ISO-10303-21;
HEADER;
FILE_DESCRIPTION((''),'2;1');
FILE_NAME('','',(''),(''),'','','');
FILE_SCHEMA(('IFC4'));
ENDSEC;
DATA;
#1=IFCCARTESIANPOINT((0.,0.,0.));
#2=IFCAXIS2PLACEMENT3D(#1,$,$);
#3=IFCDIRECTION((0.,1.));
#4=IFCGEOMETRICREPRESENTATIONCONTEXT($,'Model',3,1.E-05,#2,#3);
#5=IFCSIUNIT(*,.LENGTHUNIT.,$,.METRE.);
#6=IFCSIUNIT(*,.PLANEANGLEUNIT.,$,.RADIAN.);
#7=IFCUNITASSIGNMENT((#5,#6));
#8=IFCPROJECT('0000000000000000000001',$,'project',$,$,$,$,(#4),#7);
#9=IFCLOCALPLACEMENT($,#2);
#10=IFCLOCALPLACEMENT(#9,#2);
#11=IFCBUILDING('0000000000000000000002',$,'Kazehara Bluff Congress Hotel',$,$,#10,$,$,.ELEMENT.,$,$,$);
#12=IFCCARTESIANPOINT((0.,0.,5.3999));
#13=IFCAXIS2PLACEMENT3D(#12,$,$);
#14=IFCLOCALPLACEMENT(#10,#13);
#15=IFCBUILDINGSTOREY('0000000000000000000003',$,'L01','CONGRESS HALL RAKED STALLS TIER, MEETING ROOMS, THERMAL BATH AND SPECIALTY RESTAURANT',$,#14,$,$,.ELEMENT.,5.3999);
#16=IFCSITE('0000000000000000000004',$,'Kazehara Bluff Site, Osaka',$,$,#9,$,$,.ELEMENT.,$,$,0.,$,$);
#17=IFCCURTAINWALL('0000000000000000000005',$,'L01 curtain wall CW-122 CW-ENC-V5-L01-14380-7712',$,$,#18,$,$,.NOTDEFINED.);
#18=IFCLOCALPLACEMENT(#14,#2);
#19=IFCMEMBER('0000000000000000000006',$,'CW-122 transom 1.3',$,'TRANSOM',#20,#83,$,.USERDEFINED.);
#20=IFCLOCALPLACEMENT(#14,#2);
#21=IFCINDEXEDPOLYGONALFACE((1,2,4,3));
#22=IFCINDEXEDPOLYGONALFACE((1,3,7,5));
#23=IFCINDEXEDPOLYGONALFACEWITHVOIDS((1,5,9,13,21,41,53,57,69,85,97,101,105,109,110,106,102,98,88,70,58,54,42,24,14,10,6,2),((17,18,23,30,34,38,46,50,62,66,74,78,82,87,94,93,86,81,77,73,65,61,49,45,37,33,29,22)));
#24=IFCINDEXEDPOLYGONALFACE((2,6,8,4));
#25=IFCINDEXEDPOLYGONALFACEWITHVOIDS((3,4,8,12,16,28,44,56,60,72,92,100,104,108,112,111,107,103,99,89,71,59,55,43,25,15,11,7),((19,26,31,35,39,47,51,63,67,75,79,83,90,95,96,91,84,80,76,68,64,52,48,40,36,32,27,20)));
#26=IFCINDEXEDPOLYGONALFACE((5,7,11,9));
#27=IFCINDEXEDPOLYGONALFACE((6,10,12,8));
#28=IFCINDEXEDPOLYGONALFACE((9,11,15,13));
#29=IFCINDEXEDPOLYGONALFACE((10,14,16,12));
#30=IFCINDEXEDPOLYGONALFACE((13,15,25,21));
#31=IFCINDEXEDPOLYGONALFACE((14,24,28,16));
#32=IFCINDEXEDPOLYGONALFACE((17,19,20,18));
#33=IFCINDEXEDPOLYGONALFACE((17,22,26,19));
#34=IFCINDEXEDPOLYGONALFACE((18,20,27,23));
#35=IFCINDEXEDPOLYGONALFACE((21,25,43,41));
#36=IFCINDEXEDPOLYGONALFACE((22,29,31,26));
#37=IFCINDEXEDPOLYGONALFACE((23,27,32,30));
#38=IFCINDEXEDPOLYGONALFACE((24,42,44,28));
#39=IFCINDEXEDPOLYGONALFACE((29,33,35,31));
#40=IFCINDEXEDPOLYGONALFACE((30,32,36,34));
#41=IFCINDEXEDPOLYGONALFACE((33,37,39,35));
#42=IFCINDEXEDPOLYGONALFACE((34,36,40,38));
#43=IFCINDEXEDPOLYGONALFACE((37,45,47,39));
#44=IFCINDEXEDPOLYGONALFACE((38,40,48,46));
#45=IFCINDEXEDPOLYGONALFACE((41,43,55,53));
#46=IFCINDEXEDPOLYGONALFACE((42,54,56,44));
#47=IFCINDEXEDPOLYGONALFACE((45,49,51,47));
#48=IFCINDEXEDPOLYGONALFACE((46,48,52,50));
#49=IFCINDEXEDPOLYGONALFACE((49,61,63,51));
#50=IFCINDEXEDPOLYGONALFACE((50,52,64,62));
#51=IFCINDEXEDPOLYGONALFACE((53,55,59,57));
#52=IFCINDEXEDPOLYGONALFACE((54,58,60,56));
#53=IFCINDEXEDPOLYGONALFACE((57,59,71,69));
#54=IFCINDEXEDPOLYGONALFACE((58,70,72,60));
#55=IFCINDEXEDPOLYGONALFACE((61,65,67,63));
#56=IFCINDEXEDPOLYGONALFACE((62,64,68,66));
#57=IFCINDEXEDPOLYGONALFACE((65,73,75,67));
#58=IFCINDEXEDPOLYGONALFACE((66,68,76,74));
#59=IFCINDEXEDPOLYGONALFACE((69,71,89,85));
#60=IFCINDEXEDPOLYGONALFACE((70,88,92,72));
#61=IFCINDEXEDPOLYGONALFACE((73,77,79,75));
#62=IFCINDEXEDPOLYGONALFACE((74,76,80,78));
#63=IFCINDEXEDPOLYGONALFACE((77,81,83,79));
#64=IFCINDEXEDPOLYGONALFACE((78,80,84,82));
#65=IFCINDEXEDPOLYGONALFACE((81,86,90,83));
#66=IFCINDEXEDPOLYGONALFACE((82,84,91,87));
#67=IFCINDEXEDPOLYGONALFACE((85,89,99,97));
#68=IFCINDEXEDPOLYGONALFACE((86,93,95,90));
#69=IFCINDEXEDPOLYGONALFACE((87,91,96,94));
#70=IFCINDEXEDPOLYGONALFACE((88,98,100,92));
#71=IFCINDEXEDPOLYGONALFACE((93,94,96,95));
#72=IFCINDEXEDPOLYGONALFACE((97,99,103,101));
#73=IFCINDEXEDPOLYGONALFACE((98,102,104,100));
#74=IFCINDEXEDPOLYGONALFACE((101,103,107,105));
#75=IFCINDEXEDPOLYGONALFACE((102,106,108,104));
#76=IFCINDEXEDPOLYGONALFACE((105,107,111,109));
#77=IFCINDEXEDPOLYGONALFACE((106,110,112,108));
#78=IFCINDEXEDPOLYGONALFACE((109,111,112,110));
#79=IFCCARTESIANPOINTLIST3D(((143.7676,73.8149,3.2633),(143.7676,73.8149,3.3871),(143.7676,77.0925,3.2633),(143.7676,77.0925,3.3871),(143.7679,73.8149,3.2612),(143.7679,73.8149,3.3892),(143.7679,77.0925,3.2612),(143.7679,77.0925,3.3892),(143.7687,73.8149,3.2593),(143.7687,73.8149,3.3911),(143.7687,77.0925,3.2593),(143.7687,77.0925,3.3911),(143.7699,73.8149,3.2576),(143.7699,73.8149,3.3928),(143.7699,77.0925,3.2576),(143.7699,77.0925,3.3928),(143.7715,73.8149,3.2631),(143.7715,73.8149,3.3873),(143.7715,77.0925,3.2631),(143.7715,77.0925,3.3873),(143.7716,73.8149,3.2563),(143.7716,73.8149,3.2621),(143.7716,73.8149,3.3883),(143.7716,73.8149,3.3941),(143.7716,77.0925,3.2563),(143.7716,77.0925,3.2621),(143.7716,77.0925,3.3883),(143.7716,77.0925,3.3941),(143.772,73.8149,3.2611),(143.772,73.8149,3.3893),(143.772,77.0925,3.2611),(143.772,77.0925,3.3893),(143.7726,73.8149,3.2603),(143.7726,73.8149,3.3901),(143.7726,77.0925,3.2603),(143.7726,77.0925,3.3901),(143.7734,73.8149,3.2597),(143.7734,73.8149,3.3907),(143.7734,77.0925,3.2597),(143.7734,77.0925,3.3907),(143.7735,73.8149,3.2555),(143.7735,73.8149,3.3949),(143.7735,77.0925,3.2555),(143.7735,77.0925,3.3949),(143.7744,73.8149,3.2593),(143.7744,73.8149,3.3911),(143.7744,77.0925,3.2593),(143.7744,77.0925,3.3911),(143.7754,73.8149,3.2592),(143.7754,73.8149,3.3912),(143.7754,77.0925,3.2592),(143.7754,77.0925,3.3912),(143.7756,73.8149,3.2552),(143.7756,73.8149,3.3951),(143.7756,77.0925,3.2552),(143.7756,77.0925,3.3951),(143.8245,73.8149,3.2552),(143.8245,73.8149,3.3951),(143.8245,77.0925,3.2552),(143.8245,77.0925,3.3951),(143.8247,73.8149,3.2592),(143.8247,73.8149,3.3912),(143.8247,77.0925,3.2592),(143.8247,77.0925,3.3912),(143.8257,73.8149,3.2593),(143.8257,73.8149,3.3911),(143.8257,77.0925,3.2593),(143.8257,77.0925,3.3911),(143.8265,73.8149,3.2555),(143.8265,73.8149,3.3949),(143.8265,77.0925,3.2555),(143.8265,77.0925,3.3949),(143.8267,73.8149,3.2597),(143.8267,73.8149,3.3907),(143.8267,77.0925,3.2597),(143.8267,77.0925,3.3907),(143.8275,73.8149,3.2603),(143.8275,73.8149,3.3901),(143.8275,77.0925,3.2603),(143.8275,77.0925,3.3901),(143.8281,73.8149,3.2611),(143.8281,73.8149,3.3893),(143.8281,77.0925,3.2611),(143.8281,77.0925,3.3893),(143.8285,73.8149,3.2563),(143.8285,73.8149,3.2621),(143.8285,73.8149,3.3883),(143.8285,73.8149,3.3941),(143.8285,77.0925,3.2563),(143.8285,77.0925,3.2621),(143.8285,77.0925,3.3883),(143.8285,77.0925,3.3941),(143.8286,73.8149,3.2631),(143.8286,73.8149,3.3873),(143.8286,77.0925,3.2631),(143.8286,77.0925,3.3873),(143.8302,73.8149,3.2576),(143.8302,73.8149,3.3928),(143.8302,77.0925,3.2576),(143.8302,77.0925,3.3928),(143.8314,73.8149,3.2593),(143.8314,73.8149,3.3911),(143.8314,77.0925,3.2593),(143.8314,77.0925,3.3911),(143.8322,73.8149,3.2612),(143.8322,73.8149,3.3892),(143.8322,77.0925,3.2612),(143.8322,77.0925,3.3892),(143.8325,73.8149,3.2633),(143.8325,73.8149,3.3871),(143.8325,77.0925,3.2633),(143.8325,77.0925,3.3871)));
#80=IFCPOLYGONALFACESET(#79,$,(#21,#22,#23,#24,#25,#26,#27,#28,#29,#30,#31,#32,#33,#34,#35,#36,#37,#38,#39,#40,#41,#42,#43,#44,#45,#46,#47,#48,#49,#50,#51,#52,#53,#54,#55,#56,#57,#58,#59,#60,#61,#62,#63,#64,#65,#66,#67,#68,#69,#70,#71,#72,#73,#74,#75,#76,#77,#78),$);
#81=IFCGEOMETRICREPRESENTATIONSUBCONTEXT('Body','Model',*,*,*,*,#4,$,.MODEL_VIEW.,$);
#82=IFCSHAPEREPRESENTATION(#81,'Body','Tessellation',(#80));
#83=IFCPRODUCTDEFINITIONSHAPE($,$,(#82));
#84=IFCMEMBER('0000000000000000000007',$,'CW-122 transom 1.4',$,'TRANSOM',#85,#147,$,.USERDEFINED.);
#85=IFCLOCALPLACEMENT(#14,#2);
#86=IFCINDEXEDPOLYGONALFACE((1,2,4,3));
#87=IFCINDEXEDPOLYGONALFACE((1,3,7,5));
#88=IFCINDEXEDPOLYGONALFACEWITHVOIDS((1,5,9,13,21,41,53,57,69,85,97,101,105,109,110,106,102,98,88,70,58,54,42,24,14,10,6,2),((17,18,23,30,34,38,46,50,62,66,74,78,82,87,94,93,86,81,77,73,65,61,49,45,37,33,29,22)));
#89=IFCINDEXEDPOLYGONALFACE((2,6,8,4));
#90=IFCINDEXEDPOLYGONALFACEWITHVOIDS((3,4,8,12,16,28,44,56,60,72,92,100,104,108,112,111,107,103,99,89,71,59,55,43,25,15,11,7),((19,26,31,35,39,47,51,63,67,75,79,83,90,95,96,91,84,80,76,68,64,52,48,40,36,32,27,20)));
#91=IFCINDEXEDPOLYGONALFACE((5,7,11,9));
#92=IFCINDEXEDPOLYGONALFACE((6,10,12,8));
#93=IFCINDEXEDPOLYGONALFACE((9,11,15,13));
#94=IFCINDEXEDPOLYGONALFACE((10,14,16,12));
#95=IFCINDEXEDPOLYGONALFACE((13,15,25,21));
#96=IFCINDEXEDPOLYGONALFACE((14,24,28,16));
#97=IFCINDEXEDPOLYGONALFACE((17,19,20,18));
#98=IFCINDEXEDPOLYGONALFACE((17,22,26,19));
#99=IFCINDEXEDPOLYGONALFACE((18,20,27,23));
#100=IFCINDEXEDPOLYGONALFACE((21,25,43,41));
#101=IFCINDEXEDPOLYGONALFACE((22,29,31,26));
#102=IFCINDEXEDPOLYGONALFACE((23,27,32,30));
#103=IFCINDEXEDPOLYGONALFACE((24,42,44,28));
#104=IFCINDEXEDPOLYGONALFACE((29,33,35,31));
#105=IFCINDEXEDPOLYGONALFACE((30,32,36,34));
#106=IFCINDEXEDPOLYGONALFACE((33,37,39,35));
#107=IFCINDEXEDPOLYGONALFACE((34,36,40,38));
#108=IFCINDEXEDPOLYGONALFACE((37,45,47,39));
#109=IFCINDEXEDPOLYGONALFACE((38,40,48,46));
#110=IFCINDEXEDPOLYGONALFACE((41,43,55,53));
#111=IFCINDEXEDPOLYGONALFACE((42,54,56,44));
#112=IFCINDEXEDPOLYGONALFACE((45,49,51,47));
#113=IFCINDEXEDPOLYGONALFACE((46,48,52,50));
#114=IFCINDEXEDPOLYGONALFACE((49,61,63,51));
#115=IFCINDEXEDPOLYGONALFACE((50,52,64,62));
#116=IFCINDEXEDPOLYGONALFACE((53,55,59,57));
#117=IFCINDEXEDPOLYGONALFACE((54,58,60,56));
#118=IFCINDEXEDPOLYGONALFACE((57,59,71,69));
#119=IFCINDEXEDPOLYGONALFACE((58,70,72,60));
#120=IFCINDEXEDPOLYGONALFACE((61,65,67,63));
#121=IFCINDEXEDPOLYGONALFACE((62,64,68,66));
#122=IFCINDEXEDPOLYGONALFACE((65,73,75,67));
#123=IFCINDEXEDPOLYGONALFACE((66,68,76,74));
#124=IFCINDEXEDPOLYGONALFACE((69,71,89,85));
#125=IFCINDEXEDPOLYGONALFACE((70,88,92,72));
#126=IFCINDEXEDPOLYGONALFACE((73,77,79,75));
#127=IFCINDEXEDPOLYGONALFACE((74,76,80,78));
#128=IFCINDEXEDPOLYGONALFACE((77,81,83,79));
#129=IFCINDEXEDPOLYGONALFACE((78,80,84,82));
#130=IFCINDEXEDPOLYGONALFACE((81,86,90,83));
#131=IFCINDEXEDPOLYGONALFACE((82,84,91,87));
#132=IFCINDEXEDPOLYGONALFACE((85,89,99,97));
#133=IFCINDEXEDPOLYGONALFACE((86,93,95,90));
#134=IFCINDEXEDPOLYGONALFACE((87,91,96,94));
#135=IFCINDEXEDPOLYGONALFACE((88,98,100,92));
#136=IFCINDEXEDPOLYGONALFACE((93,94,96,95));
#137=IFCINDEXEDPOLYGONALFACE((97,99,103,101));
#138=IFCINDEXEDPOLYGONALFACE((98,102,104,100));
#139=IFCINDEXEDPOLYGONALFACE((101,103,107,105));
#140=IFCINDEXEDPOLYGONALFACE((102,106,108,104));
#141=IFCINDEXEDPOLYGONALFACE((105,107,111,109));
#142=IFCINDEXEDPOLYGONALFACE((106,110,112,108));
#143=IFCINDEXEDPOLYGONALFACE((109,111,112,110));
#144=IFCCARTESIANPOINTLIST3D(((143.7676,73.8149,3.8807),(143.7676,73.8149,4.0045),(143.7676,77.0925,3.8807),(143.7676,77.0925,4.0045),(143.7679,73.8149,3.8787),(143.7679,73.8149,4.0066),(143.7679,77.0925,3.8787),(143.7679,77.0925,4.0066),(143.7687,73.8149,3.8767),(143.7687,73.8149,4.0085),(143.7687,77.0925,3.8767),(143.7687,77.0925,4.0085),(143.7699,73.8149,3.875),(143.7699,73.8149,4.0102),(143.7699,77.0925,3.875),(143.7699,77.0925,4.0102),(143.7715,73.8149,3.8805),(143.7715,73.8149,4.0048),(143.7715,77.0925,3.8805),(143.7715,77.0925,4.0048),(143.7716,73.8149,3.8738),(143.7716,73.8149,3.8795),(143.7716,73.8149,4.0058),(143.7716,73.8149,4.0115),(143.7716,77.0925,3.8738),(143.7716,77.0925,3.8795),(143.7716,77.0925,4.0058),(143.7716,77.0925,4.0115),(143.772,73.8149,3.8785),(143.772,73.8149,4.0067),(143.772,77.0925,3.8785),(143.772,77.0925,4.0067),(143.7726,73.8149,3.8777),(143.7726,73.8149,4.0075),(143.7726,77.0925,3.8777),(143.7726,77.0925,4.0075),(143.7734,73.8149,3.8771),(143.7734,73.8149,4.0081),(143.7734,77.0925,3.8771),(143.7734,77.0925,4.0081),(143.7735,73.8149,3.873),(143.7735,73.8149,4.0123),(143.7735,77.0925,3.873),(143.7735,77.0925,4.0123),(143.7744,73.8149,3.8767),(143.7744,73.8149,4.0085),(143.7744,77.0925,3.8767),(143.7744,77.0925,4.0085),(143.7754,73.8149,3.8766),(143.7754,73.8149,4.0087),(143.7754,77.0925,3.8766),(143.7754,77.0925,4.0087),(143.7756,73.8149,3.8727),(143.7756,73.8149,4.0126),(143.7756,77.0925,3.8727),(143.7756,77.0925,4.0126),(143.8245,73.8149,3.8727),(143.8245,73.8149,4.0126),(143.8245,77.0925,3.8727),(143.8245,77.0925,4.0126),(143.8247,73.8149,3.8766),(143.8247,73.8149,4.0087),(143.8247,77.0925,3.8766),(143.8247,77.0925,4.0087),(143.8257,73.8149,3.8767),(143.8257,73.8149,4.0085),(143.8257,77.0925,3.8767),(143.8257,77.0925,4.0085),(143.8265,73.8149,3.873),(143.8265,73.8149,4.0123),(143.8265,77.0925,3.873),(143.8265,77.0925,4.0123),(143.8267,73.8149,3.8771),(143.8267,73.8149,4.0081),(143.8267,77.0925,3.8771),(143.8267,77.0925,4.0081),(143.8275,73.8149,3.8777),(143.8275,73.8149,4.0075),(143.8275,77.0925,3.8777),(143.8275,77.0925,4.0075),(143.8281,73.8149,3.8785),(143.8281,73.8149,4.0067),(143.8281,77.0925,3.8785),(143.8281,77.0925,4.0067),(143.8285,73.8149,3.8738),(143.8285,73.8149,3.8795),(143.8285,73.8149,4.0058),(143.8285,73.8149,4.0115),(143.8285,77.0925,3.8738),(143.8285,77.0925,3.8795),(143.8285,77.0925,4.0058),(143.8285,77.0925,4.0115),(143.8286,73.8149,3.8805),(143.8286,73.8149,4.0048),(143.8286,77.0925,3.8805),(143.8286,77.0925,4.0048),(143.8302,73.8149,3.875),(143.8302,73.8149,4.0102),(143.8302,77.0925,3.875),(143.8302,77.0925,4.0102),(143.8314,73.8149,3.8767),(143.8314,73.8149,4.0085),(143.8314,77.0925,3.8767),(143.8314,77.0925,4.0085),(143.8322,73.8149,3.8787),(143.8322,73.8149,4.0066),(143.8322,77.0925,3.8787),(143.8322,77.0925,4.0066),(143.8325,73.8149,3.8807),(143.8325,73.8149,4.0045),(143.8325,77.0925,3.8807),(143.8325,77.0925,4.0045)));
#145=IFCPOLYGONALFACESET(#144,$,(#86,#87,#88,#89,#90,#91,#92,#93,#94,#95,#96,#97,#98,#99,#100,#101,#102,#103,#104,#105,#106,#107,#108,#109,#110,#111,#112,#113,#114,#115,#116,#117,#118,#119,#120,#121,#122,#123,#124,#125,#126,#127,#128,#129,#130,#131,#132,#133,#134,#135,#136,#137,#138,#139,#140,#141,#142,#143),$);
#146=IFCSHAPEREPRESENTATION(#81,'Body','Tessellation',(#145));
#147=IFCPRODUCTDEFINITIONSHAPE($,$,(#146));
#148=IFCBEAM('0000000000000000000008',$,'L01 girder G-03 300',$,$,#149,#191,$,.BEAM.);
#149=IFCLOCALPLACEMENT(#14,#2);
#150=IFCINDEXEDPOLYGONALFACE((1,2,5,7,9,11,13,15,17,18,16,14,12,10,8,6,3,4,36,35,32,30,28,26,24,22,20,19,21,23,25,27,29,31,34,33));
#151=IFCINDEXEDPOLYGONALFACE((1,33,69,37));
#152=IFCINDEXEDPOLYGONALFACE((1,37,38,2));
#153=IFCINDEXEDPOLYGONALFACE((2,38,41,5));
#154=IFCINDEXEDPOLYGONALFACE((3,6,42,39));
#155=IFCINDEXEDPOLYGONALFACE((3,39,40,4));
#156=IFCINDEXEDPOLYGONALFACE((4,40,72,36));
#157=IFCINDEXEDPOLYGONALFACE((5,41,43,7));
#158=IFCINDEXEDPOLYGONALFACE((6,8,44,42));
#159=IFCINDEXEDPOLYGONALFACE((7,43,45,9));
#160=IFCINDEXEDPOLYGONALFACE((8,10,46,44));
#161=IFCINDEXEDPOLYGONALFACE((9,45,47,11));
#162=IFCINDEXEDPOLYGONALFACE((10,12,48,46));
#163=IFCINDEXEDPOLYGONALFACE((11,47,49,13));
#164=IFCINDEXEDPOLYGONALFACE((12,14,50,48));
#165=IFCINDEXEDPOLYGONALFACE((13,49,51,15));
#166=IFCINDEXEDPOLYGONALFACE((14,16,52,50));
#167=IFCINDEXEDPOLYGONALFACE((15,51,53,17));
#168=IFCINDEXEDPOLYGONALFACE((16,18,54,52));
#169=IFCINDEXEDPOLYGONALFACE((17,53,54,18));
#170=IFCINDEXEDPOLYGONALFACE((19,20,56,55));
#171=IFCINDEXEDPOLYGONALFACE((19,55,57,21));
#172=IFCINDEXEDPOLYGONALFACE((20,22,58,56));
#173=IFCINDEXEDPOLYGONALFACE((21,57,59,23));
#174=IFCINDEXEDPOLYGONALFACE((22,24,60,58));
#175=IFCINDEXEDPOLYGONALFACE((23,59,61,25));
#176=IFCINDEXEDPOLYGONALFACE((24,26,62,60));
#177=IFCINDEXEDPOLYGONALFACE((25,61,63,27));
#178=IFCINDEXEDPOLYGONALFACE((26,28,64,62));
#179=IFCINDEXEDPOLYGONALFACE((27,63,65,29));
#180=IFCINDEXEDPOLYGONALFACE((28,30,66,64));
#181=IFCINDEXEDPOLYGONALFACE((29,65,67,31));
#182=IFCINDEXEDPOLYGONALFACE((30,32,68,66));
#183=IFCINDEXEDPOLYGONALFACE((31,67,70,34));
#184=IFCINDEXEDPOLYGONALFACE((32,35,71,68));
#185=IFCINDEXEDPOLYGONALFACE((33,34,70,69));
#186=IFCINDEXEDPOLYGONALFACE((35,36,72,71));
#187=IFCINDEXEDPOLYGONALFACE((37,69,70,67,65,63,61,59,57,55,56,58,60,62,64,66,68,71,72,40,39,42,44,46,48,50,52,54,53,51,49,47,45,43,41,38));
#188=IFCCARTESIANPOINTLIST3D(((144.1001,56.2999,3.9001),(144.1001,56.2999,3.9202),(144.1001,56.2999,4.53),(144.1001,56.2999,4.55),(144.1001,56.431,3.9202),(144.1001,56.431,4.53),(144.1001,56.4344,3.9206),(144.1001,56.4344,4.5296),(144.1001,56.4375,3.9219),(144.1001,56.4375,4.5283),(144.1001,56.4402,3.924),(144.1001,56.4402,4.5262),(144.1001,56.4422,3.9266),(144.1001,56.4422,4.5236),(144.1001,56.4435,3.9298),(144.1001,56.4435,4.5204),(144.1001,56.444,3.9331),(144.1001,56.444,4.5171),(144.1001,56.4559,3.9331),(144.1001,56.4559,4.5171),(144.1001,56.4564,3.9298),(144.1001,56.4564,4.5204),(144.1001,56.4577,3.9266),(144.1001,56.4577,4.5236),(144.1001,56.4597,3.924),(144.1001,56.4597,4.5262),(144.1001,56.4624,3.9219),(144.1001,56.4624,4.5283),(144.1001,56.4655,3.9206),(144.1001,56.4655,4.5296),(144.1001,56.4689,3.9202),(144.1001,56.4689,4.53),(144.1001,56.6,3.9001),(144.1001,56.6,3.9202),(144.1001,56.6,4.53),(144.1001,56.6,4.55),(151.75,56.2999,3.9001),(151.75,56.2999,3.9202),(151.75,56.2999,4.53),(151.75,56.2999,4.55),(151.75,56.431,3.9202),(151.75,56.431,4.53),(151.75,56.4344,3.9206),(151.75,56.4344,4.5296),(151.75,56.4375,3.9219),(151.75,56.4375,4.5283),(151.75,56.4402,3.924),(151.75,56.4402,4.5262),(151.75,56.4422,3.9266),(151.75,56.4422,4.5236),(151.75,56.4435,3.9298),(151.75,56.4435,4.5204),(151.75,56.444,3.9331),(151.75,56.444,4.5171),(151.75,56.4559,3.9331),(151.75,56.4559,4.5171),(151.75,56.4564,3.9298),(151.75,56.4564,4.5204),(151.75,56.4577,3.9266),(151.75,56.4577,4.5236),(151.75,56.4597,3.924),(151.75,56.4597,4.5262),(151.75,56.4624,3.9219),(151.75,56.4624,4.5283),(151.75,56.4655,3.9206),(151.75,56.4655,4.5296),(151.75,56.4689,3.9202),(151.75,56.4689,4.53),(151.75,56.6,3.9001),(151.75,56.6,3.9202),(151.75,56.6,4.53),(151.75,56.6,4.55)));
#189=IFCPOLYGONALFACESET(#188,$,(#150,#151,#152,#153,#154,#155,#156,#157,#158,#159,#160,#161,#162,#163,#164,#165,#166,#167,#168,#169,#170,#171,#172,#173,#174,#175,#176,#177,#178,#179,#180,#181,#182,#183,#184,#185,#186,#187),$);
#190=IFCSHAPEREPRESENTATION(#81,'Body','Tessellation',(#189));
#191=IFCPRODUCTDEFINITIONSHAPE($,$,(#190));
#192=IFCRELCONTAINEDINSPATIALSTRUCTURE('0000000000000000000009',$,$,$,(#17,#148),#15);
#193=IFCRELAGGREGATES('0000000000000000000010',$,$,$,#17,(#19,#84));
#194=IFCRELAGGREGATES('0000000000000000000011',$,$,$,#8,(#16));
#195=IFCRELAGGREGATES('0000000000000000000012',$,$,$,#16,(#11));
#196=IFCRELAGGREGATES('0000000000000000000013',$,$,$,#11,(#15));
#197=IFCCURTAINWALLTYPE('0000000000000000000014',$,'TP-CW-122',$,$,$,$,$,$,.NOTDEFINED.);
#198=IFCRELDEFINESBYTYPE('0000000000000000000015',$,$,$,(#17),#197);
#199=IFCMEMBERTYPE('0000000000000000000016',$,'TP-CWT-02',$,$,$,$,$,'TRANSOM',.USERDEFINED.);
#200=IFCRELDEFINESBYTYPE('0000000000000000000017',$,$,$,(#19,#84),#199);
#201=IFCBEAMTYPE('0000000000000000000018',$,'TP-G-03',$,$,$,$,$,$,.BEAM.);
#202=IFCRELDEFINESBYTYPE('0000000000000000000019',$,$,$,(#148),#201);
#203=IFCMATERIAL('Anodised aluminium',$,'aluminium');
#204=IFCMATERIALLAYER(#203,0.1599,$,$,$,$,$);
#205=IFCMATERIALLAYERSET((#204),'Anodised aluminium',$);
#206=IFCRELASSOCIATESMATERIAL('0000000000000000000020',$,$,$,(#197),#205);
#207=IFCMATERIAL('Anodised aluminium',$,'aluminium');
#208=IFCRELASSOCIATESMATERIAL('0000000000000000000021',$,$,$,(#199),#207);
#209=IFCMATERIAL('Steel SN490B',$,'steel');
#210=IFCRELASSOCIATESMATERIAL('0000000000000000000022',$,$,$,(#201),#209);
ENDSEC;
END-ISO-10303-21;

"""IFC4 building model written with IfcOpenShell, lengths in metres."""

from ifc_helpers import new_model, si_unit, direction, frame, origin, origin_2d, place, context, subcontext, project, spatial, hollow_rectangle, i_section, extrude, material, layer, layer_set, material_profile, profile_set, type_object, element, aggregate, save


model = new_model("IFC4")

# Units and contexts
model_context = context("Model", 3, precision=1e-05, world=origin(), true_north=direction((0.0, 1.0)))
body_context = subcontext(model_context, "Body", "Model", "MODEL_VIEW")
ifc_project = project(units=[si_unit("LENGTHUNIT", "METRE"), si_unit("PLANEANGLEUNIT", "RADIAN")], contexts=[model_context])

# Site, building, storey
site_placement = place(None, origin())
site = spatial("IfcSite", under=ifc_project, at=site_placement, Name="Kazehara Bluff Site, Osaka", CompositionType="ELEMENT", RefElevation=0.0)
building_placement = place(site_placement, origin())
building = spatial("IfcBuilding", under=site, at=building_placement, Name="Kazehara Bluff Congress Hotel", CompositionType="ELEMENT")
storey_placement = place(building_placement, frame((0.0, 0.0, 5.3999)))
storey = spatial("IfcBuildingStorey", under=building, at=storey_placement, Name="L01", Description="CONGRESS HALL RAKED STALLS TIER, MEETING ROOMS, THERMAL BATH AND SPECIALTY RESTAURANT", CompositionType="ELEMENT", Elevation=5.3999)

# Curtain wall
ifc_material_1 = material(Name="Anodised aluminium", Category="aluminium")
ifc_layer_1 = layer(ifc_material_1, 0.1599)
ifc_layer_set_1 = layer_set([ifc_layer_1], Name="Anodised aluminium")
curtain_wall_type_1 = type_object("IfcCurtainWallType", Name="TP-CW-122", PredefinedType="NOTDEFINED", material=ifc_layer_set_1)
curtain_wall_1_placement = place(storey_placement, origin())
curtain_wall_1 = element("IfcCurtainWall", 1, at=curtain_wall_1_placement, inside=storey, type_object=curtain_wall_type_1, Name="L01 curtain wall CW-122 CW-ENC-V5-L01-14380-7712", PredefinedType="NOTDEFINED")

# Members
ifc_material_2 = material(Name="Anodised aluminium", Category="aluminium")
ifc_material_profile_1 = material_profile(ifc_material_2, hollow_rectangle(XDim=0.0649, YDim=0.1399, WallThickness=0.0039, InnerFilletRadius=0.0039, OuterFilletRadius=0.0081, at=origin_2d()))
ifc_profile_set_1 = profile_set([ifc_material_profile_1], Name="Anodised aluminium")
member_type_1 = type_object("IfcMemberType", Name="TP-CWT-02", ElementType="TRANSOM", PredefinedType="USERDEFINED", material=ifc_profile_set_1)
member_1_placement = place(storey_placement, frame((143.8, 73.8149, 3.3252), z_axis=(0.0, 1.0, 0.0), x_axis=(-1.0, 0.0, 0.0)))
member_1 = element("IfcMember", 2, at=member_1_placement, type_object=member_type_1, Name="CW-122 transom 1.3", ObjectType="TRANSOM", PredefinedType="USERDEFINED", context=body_context, shape_type="SweptSolid", body=[
    extrude(hollow_rectangle(XDim=0.0649, YDim=0.1399, WallThickness=0.0039, InnerFilletRadius=0.0039, OuterFilletRadius=0.0081, at=origin_2d()), origin(), (0.0, 0.0, 1.0), 3.2776),
])
member_2_placement = place(storey_placement, frame((143.8, 73.8149, 3.9426), z_axis=(0.0, 1.0, 0.0), x_axis=(-1.0, 0.0, 0.0)))
member_2 = element("IfcMember", 3, at=member_2_placement, type_object=member_type_1, Name="CW-122 transom 1.4", ObjectType="TRANSOM", PredefinedType="USERDEFINED", context=body_context, shape_type="SweptSolid", body=[
    extrude(hollow_rectangle(XDim=0.0649, YDim=0.1399, WallThickness=0.0039, InnerFilletRadius=0.0039, OuterFilletRadius=0.0081, at=origin_2d()), origin(), (0.0, 0.0, 1.0), 3.2776),
])
aggregate(curtain_wall_1, [member_1, member_2])

# Beam
ifc_material_3 = material(Name="Steel SN490B", Category="steel")
ifc_material_profile_2 = material_profile(ifc_material_3, i_section(OverallWidth=0.3, OverallDepth=0.6499, WebThickness=0.012, FlangeThickness=0.02, FilletRadius=0.0129, at=origin_2d()))
ifc_profile_set_2 = profile_set([ifc_material_profile_2], Name="Steel SN490B")
beam_type_1 = type_object("IfcBeamType", Name="TP-G-03", PredefinedType="BEAM", material=ifc_profile_set_2)
for number, where, z_axis, x_axis, name in (
    (4, (144.1001, 56.45, 4.2251), (1.0, 0.0, 0.0), (0.0, 1.0, 0.0), "L01 girder G-03 300"),
):
    element("IfcBeam", number, at=place(storey_placement, frame(where, z_axis=z_axis, x_axis=x_axis)), inside=storey, type_object=beam_type_1, Name=name, PredefinedType="BEAM", context=body_context, shape_type="SweptSolid", body=[
        extrude(i_section(OverallWidth=0.3, OverallDepth=0.6499, WebThickness=0.012, FlangeThickness=0.02, FilletRadius=0.0129, at=origin_2d()), origin(), (0.0, 0.0, 1.0), 7.6499),
    ])

save(model, "model.ifc")
